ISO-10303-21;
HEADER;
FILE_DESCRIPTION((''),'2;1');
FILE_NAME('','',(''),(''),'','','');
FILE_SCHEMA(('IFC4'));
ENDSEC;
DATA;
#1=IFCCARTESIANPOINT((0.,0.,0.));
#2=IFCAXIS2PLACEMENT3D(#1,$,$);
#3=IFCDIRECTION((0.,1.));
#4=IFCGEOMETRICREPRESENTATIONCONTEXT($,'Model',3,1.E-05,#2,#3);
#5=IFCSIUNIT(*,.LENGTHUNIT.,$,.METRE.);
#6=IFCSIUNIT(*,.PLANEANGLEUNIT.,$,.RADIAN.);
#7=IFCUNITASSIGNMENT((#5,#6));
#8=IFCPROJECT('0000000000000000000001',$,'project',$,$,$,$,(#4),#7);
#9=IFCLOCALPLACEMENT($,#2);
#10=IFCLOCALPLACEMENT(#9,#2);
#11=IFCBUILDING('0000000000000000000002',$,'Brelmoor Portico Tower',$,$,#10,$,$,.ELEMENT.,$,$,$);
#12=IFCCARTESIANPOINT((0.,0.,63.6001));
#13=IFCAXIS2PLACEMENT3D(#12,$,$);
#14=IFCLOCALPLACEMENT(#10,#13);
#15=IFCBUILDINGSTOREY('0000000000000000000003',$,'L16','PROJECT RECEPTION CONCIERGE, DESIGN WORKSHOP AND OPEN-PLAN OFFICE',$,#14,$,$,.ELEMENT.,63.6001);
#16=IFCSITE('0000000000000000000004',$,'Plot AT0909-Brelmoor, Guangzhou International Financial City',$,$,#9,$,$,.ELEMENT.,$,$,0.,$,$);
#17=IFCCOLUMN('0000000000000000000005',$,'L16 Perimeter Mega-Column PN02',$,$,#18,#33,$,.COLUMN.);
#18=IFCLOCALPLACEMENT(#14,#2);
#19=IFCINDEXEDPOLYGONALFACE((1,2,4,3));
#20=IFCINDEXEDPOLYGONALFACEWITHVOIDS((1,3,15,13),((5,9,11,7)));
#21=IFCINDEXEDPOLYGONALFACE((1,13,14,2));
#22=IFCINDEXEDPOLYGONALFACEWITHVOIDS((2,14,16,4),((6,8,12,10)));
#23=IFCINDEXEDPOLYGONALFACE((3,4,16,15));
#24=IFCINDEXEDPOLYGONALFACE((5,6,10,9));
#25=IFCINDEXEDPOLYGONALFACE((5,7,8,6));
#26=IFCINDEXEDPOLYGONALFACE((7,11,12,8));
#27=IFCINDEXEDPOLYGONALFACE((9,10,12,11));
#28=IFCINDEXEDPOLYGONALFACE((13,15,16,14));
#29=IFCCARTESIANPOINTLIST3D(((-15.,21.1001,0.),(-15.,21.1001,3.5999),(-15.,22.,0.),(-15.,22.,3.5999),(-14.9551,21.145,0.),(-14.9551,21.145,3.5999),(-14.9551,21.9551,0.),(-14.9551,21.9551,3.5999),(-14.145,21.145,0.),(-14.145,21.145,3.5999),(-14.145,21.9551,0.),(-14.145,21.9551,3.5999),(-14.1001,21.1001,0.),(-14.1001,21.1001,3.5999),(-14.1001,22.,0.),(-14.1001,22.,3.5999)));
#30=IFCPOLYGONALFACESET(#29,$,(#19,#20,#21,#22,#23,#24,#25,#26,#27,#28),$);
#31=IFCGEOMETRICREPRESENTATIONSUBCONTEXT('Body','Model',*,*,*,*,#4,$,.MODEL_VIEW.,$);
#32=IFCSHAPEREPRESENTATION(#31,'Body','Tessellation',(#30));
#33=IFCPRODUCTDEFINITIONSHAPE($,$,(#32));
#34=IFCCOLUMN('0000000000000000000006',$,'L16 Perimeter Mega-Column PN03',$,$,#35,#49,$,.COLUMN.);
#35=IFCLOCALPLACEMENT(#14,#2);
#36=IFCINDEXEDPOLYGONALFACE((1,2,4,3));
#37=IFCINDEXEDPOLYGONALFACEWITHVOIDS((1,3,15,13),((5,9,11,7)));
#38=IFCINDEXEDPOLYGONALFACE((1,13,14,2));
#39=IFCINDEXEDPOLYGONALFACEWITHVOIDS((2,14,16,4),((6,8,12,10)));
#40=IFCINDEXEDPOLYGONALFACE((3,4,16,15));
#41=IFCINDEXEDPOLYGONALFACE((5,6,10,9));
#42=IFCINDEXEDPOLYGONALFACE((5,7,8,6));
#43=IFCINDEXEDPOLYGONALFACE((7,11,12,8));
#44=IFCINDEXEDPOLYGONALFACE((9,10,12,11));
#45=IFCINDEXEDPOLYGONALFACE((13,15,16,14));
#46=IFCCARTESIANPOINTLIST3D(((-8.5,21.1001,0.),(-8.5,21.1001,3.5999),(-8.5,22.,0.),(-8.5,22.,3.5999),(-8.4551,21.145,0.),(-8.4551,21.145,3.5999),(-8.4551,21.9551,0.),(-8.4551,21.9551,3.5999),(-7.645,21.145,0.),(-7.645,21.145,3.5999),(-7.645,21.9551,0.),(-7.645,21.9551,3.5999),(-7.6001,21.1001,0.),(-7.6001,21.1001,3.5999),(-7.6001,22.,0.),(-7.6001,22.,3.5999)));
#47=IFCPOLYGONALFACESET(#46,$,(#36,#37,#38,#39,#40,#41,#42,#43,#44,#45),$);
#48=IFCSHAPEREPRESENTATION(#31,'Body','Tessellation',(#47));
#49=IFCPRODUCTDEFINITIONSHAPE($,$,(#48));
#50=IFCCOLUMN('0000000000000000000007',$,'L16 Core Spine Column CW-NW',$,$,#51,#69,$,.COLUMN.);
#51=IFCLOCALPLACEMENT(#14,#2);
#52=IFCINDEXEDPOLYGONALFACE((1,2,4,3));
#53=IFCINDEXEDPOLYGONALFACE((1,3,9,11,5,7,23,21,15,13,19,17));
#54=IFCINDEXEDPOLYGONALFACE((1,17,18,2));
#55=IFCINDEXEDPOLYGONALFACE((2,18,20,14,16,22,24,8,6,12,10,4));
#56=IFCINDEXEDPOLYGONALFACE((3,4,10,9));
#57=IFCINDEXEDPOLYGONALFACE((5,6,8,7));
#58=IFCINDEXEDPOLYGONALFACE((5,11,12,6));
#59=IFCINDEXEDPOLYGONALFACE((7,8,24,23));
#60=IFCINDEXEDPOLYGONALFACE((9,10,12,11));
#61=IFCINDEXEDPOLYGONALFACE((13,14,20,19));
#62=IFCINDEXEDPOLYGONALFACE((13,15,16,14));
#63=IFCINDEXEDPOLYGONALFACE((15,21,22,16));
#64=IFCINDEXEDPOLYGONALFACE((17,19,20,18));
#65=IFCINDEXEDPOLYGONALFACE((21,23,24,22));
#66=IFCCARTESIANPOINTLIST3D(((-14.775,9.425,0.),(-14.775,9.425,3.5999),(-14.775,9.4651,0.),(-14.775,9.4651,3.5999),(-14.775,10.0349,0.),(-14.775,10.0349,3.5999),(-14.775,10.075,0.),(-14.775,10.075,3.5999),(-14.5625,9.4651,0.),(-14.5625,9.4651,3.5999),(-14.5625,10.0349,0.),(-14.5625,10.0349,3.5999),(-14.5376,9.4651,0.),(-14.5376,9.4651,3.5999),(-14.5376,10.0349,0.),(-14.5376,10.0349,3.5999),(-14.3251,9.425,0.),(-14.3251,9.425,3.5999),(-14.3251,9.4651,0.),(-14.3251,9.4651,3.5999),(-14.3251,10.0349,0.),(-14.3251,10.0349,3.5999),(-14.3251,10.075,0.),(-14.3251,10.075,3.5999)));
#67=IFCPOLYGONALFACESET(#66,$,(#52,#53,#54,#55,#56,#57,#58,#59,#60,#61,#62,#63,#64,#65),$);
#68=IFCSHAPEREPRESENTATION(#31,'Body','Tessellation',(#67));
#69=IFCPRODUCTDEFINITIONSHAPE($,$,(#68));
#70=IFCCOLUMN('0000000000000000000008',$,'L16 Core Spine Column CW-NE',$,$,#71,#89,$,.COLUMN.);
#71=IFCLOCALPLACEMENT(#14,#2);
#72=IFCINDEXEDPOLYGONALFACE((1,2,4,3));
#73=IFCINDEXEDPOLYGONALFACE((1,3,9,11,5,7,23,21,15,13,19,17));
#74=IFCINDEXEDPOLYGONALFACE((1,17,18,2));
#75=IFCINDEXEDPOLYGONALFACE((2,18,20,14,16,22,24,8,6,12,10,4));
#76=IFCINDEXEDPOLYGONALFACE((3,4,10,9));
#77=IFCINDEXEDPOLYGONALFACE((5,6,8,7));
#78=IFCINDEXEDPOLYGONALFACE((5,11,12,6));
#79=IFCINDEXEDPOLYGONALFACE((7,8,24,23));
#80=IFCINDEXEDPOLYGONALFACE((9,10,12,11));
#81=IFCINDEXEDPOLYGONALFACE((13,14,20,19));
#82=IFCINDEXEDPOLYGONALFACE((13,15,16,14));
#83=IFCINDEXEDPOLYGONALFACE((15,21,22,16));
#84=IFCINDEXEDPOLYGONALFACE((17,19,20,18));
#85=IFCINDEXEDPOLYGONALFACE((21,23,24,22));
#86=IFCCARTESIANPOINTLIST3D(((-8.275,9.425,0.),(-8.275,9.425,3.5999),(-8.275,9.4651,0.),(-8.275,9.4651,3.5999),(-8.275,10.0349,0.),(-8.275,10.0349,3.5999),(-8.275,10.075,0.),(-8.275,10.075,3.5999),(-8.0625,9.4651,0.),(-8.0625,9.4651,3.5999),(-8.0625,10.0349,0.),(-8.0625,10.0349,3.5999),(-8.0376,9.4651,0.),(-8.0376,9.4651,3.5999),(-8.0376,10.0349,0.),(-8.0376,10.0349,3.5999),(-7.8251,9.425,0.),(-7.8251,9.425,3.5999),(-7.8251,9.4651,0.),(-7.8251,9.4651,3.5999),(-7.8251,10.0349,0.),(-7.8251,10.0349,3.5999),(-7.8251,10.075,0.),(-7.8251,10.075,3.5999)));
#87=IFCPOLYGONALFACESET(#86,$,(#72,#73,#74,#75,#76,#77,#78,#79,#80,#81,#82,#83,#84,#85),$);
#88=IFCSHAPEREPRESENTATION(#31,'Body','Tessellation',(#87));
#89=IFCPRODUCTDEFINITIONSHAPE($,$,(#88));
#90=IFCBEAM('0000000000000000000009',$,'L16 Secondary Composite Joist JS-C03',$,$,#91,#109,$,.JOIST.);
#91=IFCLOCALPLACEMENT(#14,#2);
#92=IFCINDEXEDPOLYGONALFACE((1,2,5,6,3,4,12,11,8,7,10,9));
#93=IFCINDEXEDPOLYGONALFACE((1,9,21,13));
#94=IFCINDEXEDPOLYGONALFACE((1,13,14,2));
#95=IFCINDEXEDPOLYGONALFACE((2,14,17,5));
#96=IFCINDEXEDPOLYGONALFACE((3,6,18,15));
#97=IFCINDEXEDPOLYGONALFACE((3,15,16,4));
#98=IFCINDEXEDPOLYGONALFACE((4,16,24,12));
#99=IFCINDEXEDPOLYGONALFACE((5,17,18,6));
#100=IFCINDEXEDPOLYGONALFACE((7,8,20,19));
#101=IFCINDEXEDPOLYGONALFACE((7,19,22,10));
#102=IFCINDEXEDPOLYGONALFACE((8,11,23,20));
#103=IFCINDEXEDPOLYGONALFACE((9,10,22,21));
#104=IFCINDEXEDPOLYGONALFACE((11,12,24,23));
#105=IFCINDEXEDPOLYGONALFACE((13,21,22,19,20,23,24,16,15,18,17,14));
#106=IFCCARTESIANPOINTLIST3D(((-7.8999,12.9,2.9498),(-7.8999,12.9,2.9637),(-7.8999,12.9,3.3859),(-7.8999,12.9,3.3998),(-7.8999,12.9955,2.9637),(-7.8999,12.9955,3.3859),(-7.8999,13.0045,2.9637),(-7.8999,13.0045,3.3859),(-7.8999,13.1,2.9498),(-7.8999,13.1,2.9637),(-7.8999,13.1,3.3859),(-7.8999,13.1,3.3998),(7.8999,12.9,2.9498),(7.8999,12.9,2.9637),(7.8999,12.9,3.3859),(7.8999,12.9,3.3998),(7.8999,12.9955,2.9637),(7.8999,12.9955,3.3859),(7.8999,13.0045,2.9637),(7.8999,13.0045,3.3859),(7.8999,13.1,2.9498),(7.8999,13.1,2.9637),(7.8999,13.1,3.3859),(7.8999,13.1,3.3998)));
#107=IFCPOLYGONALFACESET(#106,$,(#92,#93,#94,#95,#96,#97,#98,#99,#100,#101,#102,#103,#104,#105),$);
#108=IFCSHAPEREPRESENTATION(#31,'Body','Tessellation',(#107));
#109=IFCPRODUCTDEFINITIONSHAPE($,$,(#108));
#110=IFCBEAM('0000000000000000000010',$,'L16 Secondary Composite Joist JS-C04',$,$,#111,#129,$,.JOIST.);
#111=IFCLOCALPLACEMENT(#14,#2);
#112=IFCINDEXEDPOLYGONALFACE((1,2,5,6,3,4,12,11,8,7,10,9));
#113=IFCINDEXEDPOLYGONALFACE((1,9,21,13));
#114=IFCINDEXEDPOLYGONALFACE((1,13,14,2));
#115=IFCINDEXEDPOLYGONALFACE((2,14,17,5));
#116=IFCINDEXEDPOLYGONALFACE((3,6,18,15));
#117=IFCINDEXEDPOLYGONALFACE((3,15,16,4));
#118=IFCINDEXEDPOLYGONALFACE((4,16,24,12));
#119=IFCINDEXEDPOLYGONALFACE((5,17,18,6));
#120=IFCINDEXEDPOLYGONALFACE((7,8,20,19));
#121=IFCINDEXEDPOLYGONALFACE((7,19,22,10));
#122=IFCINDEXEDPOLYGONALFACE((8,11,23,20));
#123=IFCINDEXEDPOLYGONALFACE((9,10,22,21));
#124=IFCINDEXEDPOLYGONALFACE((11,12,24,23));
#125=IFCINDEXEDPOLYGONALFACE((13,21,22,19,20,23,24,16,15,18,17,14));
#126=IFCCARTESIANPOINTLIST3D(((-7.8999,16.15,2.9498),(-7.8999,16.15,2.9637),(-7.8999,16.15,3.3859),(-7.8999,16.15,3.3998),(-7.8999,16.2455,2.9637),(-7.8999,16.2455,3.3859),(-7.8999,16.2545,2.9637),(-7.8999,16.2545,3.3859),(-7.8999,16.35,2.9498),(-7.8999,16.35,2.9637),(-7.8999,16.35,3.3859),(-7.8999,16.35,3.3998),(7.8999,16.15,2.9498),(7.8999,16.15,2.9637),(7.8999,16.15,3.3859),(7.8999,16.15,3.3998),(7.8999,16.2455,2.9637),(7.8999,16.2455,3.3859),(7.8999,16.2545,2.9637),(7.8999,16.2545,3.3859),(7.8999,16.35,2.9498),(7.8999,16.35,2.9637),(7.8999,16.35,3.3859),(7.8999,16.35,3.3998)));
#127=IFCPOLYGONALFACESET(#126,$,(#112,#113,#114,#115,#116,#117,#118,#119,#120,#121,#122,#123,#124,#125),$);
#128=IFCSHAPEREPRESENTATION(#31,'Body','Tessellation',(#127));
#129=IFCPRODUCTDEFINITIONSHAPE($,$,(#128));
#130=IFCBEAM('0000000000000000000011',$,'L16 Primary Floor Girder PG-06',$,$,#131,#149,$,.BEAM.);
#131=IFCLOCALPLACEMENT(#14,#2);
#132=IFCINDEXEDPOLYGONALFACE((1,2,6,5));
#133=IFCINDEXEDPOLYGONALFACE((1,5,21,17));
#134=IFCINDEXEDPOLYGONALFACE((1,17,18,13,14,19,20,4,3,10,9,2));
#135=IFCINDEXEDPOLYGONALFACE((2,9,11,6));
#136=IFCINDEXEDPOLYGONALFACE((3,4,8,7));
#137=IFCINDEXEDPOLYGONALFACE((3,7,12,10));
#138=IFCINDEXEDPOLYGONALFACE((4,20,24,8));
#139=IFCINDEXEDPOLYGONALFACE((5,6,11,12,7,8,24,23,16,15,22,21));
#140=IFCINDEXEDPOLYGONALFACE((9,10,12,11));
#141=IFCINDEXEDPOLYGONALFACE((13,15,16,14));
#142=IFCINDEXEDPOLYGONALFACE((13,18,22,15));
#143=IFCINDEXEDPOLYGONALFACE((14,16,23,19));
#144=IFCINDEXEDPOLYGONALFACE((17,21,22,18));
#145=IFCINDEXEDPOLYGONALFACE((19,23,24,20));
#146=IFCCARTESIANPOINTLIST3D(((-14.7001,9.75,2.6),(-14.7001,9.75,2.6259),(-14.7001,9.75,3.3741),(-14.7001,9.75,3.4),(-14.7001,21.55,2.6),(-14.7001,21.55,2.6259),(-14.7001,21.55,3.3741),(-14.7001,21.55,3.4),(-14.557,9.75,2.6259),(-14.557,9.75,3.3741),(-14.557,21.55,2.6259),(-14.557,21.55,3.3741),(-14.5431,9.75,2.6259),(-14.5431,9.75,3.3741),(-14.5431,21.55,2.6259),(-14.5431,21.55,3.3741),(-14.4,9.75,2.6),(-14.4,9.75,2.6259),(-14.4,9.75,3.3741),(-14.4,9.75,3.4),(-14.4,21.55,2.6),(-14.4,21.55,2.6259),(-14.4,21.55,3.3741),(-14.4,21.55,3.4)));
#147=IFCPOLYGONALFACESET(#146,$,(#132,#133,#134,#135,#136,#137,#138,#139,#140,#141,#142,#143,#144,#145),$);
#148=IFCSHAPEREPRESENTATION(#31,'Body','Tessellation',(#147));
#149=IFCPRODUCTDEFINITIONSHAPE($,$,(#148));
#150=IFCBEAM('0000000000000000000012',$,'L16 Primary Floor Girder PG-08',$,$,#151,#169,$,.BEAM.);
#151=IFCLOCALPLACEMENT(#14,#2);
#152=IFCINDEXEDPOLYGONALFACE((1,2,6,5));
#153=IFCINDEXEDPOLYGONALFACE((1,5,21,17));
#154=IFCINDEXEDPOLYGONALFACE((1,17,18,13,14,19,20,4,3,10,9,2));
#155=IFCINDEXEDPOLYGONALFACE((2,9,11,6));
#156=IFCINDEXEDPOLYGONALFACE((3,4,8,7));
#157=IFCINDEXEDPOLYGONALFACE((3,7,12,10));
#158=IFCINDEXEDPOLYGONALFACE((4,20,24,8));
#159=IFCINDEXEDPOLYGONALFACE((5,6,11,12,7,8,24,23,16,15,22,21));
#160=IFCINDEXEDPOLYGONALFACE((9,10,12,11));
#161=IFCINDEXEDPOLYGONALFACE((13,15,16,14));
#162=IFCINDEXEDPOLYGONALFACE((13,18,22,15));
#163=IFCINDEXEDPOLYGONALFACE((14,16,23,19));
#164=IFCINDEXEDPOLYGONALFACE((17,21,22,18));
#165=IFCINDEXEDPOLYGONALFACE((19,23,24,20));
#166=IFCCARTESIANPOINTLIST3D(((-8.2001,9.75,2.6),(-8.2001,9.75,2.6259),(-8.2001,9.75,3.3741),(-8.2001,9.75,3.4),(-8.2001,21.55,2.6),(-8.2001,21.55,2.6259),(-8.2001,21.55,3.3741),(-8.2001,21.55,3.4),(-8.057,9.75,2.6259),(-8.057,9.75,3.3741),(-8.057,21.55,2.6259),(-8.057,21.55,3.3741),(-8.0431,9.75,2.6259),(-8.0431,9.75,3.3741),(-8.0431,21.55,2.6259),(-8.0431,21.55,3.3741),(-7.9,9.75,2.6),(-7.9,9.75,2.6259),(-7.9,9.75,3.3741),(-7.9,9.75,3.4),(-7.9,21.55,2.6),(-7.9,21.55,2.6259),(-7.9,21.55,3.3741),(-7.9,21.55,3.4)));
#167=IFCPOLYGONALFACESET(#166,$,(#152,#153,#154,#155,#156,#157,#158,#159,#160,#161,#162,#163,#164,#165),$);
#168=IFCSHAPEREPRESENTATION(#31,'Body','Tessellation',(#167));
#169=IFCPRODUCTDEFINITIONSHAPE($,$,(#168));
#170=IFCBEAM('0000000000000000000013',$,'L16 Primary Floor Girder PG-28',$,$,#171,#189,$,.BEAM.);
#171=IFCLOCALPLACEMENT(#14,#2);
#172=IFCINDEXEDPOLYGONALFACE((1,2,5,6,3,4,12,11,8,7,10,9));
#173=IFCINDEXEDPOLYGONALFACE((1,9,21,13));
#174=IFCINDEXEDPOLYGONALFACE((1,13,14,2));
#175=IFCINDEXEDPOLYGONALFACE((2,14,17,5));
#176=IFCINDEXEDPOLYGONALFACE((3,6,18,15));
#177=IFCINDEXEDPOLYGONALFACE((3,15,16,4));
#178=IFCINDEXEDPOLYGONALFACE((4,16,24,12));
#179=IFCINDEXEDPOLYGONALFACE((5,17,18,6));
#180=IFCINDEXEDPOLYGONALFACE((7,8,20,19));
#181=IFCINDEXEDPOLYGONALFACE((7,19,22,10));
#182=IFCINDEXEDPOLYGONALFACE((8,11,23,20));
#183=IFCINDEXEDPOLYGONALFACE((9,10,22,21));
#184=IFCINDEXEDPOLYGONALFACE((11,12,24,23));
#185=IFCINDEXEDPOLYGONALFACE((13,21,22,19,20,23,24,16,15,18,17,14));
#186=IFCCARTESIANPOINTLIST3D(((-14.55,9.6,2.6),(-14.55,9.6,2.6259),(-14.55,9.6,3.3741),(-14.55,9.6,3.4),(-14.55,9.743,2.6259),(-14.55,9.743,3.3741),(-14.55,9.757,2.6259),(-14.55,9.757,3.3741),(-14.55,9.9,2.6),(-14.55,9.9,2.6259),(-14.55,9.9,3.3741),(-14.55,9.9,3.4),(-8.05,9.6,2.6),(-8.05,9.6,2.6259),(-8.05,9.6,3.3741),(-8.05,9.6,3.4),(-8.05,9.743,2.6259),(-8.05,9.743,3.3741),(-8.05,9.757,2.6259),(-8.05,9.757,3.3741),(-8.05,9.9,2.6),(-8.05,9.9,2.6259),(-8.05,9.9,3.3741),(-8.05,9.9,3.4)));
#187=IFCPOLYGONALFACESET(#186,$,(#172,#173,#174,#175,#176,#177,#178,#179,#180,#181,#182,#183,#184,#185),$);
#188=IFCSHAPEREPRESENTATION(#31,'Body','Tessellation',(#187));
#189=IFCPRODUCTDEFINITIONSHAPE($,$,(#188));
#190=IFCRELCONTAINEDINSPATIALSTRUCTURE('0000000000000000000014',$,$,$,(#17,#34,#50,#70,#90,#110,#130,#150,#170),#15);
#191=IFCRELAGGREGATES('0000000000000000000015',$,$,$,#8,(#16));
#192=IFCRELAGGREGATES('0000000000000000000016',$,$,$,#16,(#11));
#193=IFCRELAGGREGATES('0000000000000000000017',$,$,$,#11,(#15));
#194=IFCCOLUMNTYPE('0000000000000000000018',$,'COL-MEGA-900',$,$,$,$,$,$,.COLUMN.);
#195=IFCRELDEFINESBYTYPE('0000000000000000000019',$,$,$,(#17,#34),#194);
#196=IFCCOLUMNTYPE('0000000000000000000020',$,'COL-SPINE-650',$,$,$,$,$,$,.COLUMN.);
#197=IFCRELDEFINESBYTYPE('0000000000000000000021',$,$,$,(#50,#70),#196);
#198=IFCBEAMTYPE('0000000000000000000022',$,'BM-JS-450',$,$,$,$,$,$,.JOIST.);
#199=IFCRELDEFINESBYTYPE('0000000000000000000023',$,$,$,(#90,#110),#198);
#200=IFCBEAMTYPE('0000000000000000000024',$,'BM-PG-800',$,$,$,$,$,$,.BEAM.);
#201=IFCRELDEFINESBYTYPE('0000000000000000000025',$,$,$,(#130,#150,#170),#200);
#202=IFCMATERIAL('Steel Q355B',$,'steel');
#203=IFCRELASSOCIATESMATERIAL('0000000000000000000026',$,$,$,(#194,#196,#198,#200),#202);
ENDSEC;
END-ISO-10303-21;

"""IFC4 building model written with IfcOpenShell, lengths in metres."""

from ifc_helpers import new_model, si_unit, direction, frame, origin, origin_2d, place, context, subcontext, project, spatial, hollow_rectangle, i_section, extrude, material, material_profile, profile_set, type_object, element, save


model = new_model("IFC4")

# Units and contexts
model_context = context("Model", 3, precision=1e-05, world=origin(), true_north=direction((0.0, 1.0)))
body_context = subcontext(model_context, "Body", "Model", "MODEL_VIEW")
ifc_project = project(units=[si_unit("LENGTHUNIT", "METRE"), si_unit("PLANEANGLEUNIT", "RADIAN")], contexts=[model_context])

# Site, building, storey
site_placement = place(None, origin())
site = spatial("IfcSite", under=ifc_project, at=site_placement, Name="Plot AT0909-Brelmoor, Guangzhou International Financial City", CompositionType="ELEMENT", RefElevation=0.0)
building_placement = place(site_placement, origin())
building = spatial("IfcBuilding", under=site, at=building_placement, Name="Brelmoor Portico Tower", CompositionType="ELEMENT")
storey_placement = place(building_placement, frame((0.0, 0.0, 63.6001)))
storey = spatial("IfcBuildingStorey", under=building, at=storey_placement, Name="L16", Description="PROJECT RECEPTION CONCIERGE, DESIGN WORKSHOP AND OPEN-PLAN OFFICE", CompositionType="ELEMENT", Elevation=63.6001)

# Columns
ifc_material_1 = material(Name="Steel Q355B", Category="steel")
ifc_material_profile_1 = material_profile(ifc_material_1, hollow_rectangle(XDim=0.8999, YDim=0.8999, WallThickness=0.0449, at=origin_2d()), Name="BOX 900x900x45")
ifc_profile_set_1 = profile_set([ifc_material_profile_1], Name="Steel Q355B")
column_type_1 = type_object("IfcColumnType", Name="COL-MEGA-900", PredefinedType="COLUMN", material=ifc_profile_set_1)
for number, where, z_axis, x_axis, name in (
    (1, (-14.55, 21.55, 0.0), (0.0, 0.0, 1.0), (1.0, 0.0, 0.0), "L16 Perimeter Mega-Column PN02"),
    (2, (-8.05, 21.55, 0.0), (0.0, 0.0, 1.0), (1.0, 0.0, 0.0), "L16 Perimeter Mega-Column PN03"),
):
    element("IfcColumn", number, at=place(storey_placement, frame(where, z_axis=z_axis, x_axis=x_axis)), inside=storey, type_object=column_type_1, Name=name, PredefinedType="COLUMN", context=body_context, shape_type="SweptSolid", body=[
        extrude(hollow_rectangle(XDim=0.8999, YDim=0.8999, WallThickness=0.0449, at=origin_2d()), origin(), (0.0, 0.0, 1.0), 3.5999),
    ])
ifc_material_profile_2 = material_profile(ifc_material_1, i_section(OverallWidth=0.45, OverallDepth=0.6499, WebThickness=0.0249, FlangeThickness=0.04, at=origin_2d()), Name="HW 650x450x25x40")
ifc_profile_set_2 = profile_set([ifc_material_profile_2], Name="Steel Q355B")
column_type_2 = type_object("IfcColumnType", Name="COL-SPINE-650", PredefinedType="COLUMN", material=ifc_profile_set_2)
for number, where, z_axis, x_axis, name in (
    (3, (-14.55, 9.75, 0.0), (0.0, 0.0, 1.0), (1.0, 0.0, 0.0), "L16 Core Spine Column CW-NW"),
    (4, (-8.05, 9.75, 0.0), (0.0, 0.0, 1.0), (1.0, 0.0, 0.0), "L16 Core Spine Column CW-NE"),
):
    element("IfcColumn", number, at=place(storey_placement, frame(where, z_axis=z_axis, x_axis=x_axis)), inside=storey, type_object=column_type_2, Name=name, PredefinedType="COLUMN", context=body_context, shape_type="SweptSolid", body=[
        extrude(i_section(OverallWidth=0.45, OverallDepth=0.6499, WebThickness=0.0249, FlangeThickness=0.04, at=origin_2d()), origin(), (0.0, 0.0, 1.0), 3.5999),
    ])

# Beams
ifc_material_profile_3 = material_profile(ifc_material_1, i_section(OverallWidth=0.2, OverallDepth=0.45, WebThickness=0.009, FlangeThickness=0.0139, at=origin_2d()), Name="HN 450x200x9x14")
ifc_profile_set_3 = profile_set([ifc_material_profile_3], Name="Steel Q355B")
beam_type_1 = type_object("IfcBeamType", Name="BM-JS-450", PredefinedType="JOIST", material=ifc_profile_set_3)
for number, where, z_axis, x_axis, name in (
    (5, (-7.8999, 13.0, 3.1748), (1.0, 0.0, 0.0), (0.0, 1.0, 0.0), "L16 Secondary Composite Joist JS-C03"),
    (6, (-7.8999, 16.25, 3.1748), (1.0, 0.0, 0.0), (0.0, 1.0, 0.0), "L16 Secondary Composite Joist JS-C04"),
):
    element("IfcBeam", number, at=place(storey_placement, frame(where, z_axis=z_axis, x_axis=x_axis)), inside=storey, type_object=beam_type_1, Name=name, PredefinedType="JOIST", context=body_context, shape_type="SweptSolid", body=[
        extrude(i_section(OverallWidth=0.2, OverallDepth=0.45, WebThickness=0.009, FlangeThickness=0.0139, at=origin_2d()), origin(), (0.0, 0.0, 1.0), 15.7998),
    ])
ifc_material_profile_4 = material_profile(ifc_material_1, i_section(OverallWidth=0.3, OverallDepth=0.8, WebThickness=0.0139, FlangeThickness=0.0259, at=origin_2d()), Name="HN 800x300x14x26")
ifc_profile_set_4 = profile_set([ifc_material_profile_4], Name="Steel Q355B")
beam_type_2 = type_object("IfcBeamType", Name="BM-PG-800", PredefinedType="BEAM", material=ifc_profile_set_4)
for number, where, z_axis, x_axis, name in (
    (7, (-14.55, 9.75, 3.0), (0.0, 1.0, 0.0), (-1.0, 0.0, 0.0), "L16 Primary Floor Girder PG-06"),
    (8, (-8.05, 9.75, 3.0), (0.0, 1.0, 0.0), (-1.0, 0.0, 0.0), "L16 Primary Floor Girder PG-08"),
):
    element("IfcBeam", number, at=place(storey_placement, frame(where, z_axis=z_axis, x_axis=x_axis)), inside=storey, type_object=beam_type_2, Name=name, PredefinedType="BEAM", context=body_context, shape_type="SweptSolid", body=[
        extrude(i_section(OverallWidth=0.3, OverallDepth=0.8, WebThickness=0.0139, FlangeThickness=0.0259, at=origin_2d()), origin(), (0.0, 0.0, 1.0), 11.8),
    ])
beam_1_placement = place(storey_placement, frame((-14.55, 9.75, 3.0), z_axis=(1.0, 0.0, 0.0), x_axis=(0.0, 1.0, 0.0)))
element("IfcBeam", 9, at=beam_1_placement, inside=storey, type_object=beam_type_2, Name="L16 Primary Floor Girder PG-28", PredefinedType="BEAM", context=body_context, shape_type="SweptSolid", body=[
    extrude(i_section(OverallWidth=0.3, OverallDepth=0.8, WebThickness=0.0139, FlangeThickness=0.0259, at=origin_2d()), origin(), (0.0, 0.0, 1.0), 6.5),
])

save(model, "model.ifc")
